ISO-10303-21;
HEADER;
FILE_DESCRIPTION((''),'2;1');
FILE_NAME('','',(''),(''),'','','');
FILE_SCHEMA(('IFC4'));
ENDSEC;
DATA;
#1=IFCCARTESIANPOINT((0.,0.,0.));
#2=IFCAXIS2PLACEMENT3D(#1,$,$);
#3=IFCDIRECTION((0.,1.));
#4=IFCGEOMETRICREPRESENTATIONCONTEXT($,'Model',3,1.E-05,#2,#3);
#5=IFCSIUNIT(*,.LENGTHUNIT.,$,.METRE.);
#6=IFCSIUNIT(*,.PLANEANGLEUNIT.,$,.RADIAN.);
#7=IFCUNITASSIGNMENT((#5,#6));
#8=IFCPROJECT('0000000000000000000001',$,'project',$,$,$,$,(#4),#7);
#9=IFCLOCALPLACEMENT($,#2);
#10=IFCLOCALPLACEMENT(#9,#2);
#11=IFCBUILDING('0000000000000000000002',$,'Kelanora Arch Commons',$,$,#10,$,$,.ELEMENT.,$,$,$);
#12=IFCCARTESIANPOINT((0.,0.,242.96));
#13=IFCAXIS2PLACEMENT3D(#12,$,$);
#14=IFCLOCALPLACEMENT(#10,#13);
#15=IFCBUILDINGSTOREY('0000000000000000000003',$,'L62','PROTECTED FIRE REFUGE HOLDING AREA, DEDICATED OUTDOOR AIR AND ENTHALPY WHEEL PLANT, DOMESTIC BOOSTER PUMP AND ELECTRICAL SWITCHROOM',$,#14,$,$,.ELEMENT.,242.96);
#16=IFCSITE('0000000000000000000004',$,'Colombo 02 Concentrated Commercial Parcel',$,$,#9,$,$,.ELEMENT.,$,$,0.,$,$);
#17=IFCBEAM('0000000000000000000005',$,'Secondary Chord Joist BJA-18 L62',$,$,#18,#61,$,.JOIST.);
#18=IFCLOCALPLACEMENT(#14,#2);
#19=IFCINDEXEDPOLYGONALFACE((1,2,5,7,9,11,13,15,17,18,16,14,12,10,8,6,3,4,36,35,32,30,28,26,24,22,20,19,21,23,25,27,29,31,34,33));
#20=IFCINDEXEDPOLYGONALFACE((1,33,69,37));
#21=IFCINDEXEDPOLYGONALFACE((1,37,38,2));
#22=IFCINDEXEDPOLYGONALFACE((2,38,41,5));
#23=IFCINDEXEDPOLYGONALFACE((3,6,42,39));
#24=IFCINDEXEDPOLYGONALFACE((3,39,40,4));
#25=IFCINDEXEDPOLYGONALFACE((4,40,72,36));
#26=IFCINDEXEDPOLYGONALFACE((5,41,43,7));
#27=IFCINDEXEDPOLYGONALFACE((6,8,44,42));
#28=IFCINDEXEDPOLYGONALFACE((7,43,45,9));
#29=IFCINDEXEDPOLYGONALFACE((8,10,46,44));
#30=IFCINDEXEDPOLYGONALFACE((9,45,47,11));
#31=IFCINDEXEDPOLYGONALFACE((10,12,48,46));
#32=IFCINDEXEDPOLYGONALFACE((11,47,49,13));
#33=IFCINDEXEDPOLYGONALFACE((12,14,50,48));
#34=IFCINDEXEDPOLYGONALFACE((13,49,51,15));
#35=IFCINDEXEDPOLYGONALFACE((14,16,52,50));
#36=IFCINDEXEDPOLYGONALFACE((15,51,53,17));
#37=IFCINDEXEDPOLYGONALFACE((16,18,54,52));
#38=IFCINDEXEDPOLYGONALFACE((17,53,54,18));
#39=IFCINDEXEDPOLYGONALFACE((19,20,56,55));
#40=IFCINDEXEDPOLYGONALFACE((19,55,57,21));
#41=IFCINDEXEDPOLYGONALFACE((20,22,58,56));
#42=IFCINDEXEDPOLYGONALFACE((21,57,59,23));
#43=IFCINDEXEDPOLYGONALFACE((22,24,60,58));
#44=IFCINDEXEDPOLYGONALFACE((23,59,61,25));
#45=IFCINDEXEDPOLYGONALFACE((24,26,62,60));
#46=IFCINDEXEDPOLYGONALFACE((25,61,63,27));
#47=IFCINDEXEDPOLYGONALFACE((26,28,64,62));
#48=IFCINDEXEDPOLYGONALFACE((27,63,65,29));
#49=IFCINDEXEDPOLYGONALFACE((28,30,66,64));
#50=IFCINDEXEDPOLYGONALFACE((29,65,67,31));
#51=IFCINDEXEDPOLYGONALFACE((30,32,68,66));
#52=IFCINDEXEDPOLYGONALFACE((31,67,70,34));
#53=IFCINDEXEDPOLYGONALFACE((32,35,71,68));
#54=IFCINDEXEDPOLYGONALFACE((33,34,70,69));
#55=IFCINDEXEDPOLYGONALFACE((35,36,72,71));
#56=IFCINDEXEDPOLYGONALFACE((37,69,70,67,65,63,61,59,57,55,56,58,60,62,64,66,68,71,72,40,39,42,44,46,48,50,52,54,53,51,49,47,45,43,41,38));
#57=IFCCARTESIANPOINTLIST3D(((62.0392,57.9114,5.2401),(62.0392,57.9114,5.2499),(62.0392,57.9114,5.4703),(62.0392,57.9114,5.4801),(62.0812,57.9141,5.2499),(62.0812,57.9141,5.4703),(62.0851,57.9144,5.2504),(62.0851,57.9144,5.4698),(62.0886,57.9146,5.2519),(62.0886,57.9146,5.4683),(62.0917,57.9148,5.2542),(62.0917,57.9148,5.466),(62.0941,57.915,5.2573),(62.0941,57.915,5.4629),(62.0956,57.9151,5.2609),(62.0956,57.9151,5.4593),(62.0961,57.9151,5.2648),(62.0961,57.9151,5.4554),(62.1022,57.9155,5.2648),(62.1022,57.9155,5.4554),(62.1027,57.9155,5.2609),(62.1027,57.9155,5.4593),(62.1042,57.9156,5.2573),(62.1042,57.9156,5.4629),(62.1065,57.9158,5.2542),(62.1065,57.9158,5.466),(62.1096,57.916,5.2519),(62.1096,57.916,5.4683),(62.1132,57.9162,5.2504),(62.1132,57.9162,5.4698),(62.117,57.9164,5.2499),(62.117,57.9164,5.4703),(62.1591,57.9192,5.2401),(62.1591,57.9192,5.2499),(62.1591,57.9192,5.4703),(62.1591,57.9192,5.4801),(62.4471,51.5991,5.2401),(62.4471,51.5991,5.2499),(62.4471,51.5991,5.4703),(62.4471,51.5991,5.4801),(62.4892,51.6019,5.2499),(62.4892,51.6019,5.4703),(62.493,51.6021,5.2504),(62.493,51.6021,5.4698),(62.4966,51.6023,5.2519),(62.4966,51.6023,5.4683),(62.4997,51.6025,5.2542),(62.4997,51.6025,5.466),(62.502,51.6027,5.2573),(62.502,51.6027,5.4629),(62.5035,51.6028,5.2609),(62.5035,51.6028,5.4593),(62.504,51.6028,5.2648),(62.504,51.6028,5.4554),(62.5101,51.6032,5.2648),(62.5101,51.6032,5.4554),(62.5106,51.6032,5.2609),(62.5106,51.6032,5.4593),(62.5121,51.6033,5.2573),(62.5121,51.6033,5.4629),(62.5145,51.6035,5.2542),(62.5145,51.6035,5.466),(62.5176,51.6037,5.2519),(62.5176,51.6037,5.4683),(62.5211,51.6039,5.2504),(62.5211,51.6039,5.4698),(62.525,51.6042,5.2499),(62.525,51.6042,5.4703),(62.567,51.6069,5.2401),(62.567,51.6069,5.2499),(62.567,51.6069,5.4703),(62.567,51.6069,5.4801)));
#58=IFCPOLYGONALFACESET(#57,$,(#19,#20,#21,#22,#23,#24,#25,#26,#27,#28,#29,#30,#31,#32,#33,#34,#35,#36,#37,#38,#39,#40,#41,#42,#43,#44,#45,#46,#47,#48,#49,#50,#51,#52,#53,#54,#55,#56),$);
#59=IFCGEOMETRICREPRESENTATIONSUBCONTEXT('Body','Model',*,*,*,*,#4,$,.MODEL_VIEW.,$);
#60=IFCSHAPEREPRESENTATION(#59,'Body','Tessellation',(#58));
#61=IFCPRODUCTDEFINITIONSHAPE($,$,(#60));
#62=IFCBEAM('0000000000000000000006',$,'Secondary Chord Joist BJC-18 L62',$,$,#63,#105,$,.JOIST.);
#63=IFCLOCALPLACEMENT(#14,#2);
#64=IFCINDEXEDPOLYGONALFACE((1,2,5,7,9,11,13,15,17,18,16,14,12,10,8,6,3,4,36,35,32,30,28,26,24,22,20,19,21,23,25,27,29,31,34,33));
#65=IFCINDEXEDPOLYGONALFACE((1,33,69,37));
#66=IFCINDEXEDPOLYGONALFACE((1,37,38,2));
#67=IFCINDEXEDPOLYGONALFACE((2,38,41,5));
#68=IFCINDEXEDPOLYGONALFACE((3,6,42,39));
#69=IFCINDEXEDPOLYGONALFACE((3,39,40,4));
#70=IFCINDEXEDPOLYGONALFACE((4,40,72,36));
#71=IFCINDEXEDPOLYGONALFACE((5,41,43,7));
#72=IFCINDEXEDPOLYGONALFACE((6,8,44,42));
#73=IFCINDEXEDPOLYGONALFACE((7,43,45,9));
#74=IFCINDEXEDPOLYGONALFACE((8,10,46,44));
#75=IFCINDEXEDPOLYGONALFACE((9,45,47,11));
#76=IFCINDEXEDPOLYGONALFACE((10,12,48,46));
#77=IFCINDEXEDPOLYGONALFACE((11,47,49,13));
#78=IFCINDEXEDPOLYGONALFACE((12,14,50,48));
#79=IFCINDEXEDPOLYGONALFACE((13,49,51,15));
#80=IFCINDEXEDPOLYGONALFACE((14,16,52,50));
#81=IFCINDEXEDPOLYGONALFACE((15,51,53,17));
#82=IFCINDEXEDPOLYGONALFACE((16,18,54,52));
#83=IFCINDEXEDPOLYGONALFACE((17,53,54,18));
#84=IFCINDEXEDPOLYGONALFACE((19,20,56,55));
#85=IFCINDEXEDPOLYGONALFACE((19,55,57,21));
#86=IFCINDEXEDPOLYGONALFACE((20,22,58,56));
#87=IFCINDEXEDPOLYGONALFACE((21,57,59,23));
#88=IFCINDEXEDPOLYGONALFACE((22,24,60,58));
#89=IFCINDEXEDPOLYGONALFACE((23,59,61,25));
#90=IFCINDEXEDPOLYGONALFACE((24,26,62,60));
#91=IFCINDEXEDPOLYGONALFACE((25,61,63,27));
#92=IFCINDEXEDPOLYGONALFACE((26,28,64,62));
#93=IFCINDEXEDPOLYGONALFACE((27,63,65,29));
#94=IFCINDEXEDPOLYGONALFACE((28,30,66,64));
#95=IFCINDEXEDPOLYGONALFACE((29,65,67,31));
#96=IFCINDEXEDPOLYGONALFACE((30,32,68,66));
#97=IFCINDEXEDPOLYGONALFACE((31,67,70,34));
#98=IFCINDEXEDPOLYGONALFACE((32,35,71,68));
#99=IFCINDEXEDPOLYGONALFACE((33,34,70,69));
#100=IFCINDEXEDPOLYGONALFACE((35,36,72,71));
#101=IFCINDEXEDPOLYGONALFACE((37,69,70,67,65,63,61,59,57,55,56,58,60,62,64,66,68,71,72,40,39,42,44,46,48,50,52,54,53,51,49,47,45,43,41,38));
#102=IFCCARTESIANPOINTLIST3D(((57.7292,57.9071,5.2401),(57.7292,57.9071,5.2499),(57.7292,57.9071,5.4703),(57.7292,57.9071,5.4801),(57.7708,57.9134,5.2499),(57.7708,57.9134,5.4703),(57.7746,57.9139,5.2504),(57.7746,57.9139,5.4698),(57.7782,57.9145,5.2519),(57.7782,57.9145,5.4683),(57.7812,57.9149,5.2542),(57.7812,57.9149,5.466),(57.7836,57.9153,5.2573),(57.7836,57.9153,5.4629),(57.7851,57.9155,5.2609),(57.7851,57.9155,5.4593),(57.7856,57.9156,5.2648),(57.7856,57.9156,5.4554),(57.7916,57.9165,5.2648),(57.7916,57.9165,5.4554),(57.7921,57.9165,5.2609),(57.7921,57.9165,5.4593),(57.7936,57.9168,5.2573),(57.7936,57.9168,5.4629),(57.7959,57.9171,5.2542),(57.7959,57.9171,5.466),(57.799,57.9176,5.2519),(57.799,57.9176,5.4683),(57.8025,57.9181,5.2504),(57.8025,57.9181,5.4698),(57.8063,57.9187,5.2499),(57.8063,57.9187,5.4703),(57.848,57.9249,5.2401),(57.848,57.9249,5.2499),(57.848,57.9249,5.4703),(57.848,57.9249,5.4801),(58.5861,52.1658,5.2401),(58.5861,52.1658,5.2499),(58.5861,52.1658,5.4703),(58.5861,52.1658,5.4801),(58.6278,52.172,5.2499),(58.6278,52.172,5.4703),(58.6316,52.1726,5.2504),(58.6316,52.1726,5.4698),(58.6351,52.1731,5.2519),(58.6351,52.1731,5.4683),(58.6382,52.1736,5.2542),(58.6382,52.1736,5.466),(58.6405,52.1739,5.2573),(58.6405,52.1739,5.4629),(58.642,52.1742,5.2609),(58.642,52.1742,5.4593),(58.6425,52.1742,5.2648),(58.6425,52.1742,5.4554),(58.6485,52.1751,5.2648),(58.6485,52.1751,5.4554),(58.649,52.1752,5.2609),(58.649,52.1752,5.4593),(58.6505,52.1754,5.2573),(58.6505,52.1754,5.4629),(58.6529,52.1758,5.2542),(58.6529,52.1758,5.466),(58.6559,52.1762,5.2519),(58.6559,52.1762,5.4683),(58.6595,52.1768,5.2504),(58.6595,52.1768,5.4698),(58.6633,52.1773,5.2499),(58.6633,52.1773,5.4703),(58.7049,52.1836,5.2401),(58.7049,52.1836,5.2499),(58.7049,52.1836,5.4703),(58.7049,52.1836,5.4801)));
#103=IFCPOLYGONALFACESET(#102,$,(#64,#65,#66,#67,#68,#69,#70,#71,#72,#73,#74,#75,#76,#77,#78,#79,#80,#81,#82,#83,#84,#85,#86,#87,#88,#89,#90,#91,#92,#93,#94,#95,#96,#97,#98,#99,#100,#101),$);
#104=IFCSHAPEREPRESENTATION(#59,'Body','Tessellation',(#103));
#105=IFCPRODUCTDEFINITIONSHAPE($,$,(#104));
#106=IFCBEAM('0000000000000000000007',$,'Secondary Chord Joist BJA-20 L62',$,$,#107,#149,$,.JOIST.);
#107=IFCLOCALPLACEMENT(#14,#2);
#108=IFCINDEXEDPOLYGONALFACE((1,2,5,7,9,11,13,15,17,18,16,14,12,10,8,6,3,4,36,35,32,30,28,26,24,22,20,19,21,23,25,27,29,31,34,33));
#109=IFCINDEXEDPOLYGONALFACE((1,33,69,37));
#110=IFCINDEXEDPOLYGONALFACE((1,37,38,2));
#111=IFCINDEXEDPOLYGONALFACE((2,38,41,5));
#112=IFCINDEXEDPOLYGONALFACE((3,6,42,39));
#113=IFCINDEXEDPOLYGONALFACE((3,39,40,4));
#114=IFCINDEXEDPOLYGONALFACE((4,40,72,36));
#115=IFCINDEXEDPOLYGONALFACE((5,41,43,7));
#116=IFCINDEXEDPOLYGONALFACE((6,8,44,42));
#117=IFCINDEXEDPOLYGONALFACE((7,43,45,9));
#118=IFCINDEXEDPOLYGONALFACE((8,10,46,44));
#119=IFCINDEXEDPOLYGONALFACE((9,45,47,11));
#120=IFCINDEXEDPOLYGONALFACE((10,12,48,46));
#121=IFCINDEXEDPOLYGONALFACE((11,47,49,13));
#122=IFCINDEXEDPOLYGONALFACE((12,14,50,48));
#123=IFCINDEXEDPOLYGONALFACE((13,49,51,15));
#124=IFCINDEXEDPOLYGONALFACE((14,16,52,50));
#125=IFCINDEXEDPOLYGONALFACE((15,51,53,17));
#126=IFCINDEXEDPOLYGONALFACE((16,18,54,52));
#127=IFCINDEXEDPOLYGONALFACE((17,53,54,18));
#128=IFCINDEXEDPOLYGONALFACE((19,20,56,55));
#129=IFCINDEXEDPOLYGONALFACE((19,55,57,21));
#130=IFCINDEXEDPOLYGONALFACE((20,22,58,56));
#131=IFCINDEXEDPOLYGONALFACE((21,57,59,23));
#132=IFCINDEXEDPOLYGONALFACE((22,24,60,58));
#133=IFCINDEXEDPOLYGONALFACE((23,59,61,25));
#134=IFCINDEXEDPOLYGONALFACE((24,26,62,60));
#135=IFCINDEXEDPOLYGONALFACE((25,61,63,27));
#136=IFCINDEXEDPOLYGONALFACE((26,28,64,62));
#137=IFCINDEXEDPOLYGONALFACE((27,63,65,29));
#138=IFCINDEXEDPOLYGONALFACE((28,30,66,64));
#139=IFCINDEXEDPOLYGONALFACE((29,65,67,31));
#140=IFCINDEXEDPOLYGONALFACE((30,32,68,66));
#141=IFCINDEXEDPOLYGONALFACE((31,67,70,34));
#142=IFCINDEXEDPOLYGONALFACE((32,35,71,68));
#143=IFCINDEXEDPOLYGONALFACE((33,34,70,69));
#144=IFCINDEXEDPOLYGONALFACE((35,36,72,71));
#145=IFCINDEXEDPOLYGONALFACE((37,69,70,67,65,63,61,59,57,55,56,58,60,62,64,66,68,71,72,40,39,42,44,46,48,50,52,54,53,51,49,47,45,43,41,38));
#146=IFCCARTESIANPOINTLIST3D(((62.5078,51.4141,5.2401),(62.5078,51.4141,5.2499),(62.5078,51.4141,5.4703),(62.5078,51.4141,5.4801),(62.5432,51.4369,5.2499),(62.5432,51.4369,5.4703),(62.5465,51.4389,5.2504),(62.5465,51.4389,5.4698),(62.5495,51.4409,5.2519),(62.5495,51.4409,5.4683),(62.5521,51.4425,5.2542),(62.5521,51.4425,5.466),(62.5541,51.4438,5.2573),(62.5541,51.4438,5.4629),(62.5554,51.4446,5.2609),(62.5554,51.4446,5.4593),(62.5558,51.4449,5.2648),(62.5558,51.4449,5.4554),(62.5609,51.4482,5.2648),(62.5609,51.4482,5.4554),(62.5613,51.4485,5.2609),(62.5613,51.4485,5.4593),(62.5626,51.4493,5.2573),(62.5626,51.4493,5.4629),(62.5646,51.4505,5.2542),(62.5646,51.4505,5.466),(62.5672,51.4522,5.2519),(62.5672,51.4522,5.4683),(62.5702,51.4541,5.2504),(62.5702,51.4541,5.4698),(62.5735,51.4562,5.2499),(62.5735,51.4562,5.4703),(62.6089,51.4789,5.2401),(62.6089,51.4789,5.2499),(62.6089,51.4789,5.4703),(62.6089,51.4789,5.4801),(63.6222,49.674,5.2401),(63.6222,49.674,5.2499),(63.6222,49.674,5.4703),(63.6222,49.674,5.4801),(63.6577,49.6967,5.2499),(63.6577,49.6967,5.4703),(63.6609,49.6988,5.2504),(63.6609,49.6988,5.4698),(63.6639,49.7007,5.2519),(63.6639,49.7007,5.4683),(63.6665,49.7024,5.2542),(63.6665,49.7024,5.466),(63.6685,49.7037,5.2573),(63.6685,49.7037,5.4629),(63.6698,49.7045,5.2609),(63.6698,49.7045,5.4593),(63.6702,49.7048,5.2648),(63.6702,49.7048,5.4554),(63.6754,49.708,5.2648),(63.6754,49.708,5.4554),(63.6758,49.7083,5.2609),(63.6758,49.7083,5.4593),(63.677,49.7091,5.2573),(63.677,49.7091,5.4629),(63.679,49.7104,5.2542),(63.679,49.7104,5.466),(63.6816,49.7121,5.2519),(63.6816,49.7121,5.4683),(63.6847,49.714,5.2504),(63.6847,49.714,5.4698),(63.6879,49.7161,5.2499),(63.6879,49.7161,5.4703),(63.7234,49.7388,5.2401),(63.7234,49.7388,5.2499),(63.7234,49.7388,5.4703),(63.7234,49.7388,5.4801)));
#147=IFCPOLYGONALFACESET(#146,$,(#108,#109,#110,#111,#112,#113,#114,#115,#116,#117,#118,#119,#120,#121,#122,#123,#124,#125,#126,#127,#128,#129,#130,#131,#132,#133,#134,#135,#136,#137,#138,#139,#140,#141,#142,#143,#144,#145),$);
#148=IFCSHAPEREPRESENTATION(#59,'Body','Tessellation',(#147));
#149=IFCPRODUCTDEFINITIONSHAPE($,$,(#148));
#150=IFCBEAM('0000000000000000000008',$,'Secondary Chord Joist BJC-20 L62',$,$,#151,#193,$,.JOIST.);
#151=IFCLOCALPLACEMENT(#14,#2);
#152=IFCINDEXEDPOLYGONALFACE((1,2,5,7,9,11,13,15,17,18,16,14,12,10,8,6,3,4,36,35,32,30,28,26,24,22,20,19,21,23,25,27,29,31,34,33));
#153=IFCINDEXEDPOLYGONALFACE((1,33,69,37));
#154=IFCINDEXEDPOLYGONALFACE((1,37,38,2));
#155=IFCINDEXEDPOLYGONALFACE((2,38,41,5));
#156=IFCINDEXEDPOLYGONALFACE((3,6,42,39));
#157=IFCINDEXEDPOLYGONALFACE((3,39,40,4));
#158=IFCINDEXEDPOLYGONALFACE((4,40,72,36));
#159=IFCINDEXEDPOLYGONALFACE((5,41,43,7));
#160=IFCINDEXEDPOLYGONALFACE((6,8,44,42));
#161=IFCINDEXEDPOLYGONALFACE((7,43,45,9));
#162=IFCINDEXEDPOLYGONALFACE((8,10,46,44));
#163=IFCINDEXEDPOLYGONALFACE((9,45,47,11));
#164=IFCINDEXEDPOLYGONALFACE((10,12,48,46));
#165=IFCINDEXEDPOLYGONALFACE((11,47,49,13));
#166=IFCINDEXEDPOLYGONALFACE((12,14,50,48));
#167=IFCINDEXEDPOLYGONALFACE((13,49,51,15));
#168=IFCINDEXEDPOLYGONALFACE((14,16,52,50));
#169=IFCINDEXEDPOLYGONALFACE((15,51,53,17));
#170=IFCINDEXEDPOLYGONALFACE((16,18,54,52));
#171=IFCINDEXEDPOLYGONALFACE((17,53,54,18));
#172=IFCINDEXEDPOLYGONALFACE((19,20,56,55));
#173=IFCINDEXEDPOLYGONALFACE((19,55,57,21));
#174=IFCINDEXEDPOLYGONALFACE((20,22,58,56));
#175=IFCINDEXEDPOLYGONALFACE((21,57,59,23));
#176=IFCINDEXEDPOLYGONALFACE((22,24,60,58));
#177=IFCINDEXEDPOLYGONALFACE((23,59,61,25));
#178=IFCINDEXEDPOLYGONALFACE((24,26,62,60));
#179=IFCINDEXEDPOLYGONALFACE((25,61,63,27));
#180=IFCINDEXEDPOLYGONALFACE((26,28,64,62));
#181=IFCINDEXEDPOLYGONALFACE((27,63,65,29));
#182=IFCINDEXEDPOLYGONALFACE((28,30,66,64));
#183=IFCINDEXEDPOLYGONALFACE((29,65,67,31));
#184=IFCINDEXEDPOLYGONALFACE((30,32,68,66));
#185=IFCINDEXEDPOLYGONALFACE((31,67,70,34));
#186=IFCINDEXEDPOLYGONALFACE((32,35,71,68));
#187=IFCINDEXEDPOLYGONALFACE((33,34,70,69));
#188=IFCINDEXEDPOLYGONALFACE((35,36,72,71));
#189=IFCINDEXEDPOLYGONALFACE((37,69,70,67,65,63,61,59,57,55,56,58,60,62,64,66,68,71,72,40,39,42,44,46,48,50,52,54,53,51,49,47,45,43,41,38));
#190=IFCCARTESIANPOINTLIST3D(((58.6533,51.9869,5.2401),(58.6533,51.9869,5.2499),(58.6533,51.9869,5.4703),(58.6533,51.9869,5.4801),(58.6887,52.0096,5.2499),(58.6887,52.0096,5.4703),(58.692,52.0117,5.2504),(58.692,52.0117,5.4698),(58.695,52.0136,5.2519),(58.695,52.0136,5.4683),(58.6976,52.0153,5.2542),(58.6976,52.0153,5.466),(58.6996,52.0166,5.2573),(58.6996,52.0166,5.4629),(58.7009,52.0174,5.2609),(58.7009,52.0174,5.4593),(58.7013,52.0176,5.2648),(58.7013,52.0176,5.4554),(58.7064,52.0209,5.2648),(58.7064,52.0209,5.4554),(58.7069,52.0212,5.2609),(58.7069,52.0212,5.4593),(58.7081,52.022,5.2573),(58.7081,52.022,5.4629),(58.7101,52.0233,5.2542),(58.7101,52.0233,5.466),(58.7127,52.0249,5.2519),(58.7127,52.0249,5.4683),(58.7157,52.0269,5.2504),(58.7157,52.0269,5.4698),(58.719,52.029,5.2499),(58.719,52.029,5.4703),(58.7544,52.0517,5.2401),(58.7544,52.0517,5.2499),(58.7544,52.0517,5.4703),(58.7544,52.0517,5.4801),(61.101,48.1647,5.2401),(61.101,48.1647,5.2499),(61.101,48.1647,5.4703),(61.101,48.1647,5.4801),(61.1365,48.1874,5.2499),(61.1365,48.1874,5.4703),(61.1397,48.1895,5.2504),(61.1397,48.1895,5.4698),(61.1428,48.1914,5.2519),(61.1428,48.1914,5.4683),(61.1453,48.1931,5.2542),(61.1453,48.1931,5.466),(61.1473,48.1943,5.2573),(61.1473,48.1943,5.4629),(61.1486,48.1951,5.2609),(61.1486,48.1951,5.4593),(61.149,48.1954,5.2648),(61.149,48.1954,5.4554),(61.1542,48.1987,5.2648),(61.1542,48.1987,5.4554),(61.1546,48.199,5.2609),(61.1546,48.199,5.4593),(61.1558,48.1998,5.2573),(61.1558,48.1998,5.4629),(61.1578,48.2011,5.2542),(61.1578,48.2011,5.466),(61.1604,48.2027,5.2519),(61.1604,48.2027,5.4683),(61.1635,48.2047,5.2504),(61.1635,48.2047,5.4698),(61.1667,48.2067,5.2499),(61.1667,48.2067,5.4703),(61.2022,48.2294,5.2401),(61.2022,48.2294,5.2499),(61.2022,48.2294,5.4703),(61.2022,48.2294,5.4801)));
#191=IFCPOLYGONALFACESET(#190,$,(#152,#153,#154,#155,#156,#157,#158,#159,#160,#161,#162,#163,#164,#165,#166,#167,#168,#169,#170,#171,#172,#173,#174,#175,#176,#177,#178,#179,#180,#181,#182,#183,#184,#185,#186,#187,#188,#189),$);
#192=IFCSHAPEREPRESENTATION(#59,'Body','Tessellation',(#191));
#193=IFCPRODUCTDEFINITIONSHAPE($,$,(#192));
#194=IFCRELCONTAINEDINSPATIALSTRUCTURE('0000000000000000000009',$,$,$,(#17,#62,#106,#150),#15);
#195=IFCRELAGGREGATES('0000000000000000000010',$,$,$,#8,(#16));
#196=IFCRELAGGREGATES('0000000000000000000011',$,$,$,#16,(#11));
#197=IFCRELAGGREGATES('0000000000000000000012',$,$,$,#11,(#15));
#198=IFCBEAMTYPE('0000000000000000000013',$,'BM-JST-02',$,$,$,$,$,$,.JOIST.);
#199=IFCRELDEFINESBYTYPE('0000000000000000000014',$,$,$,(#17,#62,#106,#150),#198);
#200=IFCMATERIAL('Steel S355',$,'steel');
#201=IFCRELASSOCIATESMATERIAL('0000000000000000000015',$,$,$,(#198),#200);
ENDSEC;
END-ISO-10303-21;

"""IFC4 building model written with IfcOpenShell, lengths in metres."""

from ifc_helpers import new_model, si_unit, direction, frame, origin, origin_2d, place, context, subcontext, project, spatial, i_section, extrude, material, material_profile, profile_set, type_object, element, save


model = new_model("IFC4")

# Units and contexts
model_context = context("Model", 3, precision=1e-05, world=origin(), true_north=direction((0.0, 1.0)))
body_context = subcontext(model_context, "Body", "Model", "MODEL_VIEW")
ifc_project = project(units=[si_unit("LENGTHUNIT", "METRE"), si_unit("PLANEANGLEUNIT", "RADIAN")], contexts=[model_context])

# Site, building, storey
site_placement = place(None, origin())
site = spatial("IfcSite", under=ifc_project, at=site_placement, Name="Colombo 02 Concentrated Commercial Parcel", CompositionType="ELEMENT", RefElevation=0.0)
building_placement = place(site_placement, origin())
building = spatial("IfcBuilding", under=site, at=building_placement, Name="Kelanora Arch Commons", CompositionType="ELEMENT")
storey_placement = place(building_placement, frame((0.0, 0.0, 242.96)))
storey = spatial("IfcBuildingStorey", under=building, at=storey_placement, Name="L62", Description="PROTECTED FIRE REFUGE HOLDING AREA, DEDICATED OUTDOOR AIR AND ENTHALPY WHEEL PLANT, DOMESTIC BOOSTER PUMP AND ELECTRICAL SWITCHROOM", CompositionType="ELEMENT", Elevation=242.96)

# Beams
ifc_material_1 = material(Name="Steel S355", Category="steel")
ifc_material_profile_1 = material_profile(ifc_material_1, i_section(OverallWidth=0.1201, OverallDepth=0.24, WebThickness=0.0061, FlangeThickness=0.0098, FilletRadius=0.0149, at=origin_2d()), Name="IPE240")
ifc_profile_set_1 = profile_set([ifc_material_profile_1], Name="Steel S355")
beam_type_1 = type_object("IfcBeamType", Name="BM-JST-02", PredefinedType="JOIST", material=ifc_profile_set_1)
beam_1_placement = place(storey_placement, frame((62.0991, 57.9153, 5.3601), z_axis=(0.064495, -0.997918, 0.0), x_axis=(0.997918, 0.064495, 0.0)))
element("IfcBeam", 1, at=beam_1_placement, inside=storey, type_object=beam_type_1, Name="Secondary Chord Joist BJA-18 L62", PredefinedType="JOIST", context=body_context, shape_type="SweptSolid", body=[
    extrude(i_section(OverallWidth=0.1201, OverallDepth=0.24, WebThickness=0.0061, FlangeThickness=0.0098, FilletRadius=0.0149, at=origin_2d()), origin(), (0.0, 0.0, 1.0), 6.3254),
])
beam_2_placement = place(storey_placement, frame((57.7886, 57.916, 5.3601), z_axis=(0.147625, -0.989043, 0.0), x_axis=(0.989043, 0.147625, 0.0)))
element("IfcBeam", 2, at=beam_2_placement, inside=storey, type_object=beam_type_1, Name="Secondary Chord Joist BJC-18 L62", PredefinedType="JOIST", context=body_context, shape_type="SweptSolid", body=[
    extrude(i_section(OverallWidth=0.1201, OverallDepth=0.24, WebThickness=0.0061, FlangeThickness=0.0098, FilletRadius=0.0149, at=origin_2d()), origin(), (0.0, 0.0, 1.0), 5.8049),
])
beam_3_placement = place(storey_placement, frame((62.5583, 51.4465, 5.3601), z_axis=(0.539312, -0.842106, 0.0), x_axis=(0.842106, 0.539312, 0.0)))
element("IfcBeam", 3, at=beam_3_placement, inside=storey, type_object=beam_type_1, Name="Secondary Chord Joist BJA-20 L62", PredefinedType="JOIST", context=body_context, shape_type="SweptSolid", body=[
    extrude(i_section(OverallWidth=0.1201, OverallDepth=0.24, WebThickness=0.0061, FlangeThickness=0.0098, FilletRadius=0.0149, at=origin_2d()), origin(), (0.0, 0.0, 1.0), 2.0664),
])
beam_4_placement = place(storey_placement, frame((58.7039, 52.0193, 5.3601), z_axis=(0.539289, -0.842121, 0.0), x_axis=(0.842121, 0.539289, 0.0)))
element("IfcBeam", 4, at=beam_4_placement, inside=storey, type_object=beam_type_1, Name="Secondary Chord Joist BJC-20 L62", PredefinedType="JOIST", context=body_context, shape_type="SweptSolid", body=[
    extrude(i_section(OverallWidth=0.1201, OverallDepth=0.24, WebThickness=0.0061, FlangeThickness=0.0098, FilletRadius=0.0149, at=origin_2d()), origin(), (0.0, 0.0, 1.0), 4.5388),
])

save(model, "model.ifc")
